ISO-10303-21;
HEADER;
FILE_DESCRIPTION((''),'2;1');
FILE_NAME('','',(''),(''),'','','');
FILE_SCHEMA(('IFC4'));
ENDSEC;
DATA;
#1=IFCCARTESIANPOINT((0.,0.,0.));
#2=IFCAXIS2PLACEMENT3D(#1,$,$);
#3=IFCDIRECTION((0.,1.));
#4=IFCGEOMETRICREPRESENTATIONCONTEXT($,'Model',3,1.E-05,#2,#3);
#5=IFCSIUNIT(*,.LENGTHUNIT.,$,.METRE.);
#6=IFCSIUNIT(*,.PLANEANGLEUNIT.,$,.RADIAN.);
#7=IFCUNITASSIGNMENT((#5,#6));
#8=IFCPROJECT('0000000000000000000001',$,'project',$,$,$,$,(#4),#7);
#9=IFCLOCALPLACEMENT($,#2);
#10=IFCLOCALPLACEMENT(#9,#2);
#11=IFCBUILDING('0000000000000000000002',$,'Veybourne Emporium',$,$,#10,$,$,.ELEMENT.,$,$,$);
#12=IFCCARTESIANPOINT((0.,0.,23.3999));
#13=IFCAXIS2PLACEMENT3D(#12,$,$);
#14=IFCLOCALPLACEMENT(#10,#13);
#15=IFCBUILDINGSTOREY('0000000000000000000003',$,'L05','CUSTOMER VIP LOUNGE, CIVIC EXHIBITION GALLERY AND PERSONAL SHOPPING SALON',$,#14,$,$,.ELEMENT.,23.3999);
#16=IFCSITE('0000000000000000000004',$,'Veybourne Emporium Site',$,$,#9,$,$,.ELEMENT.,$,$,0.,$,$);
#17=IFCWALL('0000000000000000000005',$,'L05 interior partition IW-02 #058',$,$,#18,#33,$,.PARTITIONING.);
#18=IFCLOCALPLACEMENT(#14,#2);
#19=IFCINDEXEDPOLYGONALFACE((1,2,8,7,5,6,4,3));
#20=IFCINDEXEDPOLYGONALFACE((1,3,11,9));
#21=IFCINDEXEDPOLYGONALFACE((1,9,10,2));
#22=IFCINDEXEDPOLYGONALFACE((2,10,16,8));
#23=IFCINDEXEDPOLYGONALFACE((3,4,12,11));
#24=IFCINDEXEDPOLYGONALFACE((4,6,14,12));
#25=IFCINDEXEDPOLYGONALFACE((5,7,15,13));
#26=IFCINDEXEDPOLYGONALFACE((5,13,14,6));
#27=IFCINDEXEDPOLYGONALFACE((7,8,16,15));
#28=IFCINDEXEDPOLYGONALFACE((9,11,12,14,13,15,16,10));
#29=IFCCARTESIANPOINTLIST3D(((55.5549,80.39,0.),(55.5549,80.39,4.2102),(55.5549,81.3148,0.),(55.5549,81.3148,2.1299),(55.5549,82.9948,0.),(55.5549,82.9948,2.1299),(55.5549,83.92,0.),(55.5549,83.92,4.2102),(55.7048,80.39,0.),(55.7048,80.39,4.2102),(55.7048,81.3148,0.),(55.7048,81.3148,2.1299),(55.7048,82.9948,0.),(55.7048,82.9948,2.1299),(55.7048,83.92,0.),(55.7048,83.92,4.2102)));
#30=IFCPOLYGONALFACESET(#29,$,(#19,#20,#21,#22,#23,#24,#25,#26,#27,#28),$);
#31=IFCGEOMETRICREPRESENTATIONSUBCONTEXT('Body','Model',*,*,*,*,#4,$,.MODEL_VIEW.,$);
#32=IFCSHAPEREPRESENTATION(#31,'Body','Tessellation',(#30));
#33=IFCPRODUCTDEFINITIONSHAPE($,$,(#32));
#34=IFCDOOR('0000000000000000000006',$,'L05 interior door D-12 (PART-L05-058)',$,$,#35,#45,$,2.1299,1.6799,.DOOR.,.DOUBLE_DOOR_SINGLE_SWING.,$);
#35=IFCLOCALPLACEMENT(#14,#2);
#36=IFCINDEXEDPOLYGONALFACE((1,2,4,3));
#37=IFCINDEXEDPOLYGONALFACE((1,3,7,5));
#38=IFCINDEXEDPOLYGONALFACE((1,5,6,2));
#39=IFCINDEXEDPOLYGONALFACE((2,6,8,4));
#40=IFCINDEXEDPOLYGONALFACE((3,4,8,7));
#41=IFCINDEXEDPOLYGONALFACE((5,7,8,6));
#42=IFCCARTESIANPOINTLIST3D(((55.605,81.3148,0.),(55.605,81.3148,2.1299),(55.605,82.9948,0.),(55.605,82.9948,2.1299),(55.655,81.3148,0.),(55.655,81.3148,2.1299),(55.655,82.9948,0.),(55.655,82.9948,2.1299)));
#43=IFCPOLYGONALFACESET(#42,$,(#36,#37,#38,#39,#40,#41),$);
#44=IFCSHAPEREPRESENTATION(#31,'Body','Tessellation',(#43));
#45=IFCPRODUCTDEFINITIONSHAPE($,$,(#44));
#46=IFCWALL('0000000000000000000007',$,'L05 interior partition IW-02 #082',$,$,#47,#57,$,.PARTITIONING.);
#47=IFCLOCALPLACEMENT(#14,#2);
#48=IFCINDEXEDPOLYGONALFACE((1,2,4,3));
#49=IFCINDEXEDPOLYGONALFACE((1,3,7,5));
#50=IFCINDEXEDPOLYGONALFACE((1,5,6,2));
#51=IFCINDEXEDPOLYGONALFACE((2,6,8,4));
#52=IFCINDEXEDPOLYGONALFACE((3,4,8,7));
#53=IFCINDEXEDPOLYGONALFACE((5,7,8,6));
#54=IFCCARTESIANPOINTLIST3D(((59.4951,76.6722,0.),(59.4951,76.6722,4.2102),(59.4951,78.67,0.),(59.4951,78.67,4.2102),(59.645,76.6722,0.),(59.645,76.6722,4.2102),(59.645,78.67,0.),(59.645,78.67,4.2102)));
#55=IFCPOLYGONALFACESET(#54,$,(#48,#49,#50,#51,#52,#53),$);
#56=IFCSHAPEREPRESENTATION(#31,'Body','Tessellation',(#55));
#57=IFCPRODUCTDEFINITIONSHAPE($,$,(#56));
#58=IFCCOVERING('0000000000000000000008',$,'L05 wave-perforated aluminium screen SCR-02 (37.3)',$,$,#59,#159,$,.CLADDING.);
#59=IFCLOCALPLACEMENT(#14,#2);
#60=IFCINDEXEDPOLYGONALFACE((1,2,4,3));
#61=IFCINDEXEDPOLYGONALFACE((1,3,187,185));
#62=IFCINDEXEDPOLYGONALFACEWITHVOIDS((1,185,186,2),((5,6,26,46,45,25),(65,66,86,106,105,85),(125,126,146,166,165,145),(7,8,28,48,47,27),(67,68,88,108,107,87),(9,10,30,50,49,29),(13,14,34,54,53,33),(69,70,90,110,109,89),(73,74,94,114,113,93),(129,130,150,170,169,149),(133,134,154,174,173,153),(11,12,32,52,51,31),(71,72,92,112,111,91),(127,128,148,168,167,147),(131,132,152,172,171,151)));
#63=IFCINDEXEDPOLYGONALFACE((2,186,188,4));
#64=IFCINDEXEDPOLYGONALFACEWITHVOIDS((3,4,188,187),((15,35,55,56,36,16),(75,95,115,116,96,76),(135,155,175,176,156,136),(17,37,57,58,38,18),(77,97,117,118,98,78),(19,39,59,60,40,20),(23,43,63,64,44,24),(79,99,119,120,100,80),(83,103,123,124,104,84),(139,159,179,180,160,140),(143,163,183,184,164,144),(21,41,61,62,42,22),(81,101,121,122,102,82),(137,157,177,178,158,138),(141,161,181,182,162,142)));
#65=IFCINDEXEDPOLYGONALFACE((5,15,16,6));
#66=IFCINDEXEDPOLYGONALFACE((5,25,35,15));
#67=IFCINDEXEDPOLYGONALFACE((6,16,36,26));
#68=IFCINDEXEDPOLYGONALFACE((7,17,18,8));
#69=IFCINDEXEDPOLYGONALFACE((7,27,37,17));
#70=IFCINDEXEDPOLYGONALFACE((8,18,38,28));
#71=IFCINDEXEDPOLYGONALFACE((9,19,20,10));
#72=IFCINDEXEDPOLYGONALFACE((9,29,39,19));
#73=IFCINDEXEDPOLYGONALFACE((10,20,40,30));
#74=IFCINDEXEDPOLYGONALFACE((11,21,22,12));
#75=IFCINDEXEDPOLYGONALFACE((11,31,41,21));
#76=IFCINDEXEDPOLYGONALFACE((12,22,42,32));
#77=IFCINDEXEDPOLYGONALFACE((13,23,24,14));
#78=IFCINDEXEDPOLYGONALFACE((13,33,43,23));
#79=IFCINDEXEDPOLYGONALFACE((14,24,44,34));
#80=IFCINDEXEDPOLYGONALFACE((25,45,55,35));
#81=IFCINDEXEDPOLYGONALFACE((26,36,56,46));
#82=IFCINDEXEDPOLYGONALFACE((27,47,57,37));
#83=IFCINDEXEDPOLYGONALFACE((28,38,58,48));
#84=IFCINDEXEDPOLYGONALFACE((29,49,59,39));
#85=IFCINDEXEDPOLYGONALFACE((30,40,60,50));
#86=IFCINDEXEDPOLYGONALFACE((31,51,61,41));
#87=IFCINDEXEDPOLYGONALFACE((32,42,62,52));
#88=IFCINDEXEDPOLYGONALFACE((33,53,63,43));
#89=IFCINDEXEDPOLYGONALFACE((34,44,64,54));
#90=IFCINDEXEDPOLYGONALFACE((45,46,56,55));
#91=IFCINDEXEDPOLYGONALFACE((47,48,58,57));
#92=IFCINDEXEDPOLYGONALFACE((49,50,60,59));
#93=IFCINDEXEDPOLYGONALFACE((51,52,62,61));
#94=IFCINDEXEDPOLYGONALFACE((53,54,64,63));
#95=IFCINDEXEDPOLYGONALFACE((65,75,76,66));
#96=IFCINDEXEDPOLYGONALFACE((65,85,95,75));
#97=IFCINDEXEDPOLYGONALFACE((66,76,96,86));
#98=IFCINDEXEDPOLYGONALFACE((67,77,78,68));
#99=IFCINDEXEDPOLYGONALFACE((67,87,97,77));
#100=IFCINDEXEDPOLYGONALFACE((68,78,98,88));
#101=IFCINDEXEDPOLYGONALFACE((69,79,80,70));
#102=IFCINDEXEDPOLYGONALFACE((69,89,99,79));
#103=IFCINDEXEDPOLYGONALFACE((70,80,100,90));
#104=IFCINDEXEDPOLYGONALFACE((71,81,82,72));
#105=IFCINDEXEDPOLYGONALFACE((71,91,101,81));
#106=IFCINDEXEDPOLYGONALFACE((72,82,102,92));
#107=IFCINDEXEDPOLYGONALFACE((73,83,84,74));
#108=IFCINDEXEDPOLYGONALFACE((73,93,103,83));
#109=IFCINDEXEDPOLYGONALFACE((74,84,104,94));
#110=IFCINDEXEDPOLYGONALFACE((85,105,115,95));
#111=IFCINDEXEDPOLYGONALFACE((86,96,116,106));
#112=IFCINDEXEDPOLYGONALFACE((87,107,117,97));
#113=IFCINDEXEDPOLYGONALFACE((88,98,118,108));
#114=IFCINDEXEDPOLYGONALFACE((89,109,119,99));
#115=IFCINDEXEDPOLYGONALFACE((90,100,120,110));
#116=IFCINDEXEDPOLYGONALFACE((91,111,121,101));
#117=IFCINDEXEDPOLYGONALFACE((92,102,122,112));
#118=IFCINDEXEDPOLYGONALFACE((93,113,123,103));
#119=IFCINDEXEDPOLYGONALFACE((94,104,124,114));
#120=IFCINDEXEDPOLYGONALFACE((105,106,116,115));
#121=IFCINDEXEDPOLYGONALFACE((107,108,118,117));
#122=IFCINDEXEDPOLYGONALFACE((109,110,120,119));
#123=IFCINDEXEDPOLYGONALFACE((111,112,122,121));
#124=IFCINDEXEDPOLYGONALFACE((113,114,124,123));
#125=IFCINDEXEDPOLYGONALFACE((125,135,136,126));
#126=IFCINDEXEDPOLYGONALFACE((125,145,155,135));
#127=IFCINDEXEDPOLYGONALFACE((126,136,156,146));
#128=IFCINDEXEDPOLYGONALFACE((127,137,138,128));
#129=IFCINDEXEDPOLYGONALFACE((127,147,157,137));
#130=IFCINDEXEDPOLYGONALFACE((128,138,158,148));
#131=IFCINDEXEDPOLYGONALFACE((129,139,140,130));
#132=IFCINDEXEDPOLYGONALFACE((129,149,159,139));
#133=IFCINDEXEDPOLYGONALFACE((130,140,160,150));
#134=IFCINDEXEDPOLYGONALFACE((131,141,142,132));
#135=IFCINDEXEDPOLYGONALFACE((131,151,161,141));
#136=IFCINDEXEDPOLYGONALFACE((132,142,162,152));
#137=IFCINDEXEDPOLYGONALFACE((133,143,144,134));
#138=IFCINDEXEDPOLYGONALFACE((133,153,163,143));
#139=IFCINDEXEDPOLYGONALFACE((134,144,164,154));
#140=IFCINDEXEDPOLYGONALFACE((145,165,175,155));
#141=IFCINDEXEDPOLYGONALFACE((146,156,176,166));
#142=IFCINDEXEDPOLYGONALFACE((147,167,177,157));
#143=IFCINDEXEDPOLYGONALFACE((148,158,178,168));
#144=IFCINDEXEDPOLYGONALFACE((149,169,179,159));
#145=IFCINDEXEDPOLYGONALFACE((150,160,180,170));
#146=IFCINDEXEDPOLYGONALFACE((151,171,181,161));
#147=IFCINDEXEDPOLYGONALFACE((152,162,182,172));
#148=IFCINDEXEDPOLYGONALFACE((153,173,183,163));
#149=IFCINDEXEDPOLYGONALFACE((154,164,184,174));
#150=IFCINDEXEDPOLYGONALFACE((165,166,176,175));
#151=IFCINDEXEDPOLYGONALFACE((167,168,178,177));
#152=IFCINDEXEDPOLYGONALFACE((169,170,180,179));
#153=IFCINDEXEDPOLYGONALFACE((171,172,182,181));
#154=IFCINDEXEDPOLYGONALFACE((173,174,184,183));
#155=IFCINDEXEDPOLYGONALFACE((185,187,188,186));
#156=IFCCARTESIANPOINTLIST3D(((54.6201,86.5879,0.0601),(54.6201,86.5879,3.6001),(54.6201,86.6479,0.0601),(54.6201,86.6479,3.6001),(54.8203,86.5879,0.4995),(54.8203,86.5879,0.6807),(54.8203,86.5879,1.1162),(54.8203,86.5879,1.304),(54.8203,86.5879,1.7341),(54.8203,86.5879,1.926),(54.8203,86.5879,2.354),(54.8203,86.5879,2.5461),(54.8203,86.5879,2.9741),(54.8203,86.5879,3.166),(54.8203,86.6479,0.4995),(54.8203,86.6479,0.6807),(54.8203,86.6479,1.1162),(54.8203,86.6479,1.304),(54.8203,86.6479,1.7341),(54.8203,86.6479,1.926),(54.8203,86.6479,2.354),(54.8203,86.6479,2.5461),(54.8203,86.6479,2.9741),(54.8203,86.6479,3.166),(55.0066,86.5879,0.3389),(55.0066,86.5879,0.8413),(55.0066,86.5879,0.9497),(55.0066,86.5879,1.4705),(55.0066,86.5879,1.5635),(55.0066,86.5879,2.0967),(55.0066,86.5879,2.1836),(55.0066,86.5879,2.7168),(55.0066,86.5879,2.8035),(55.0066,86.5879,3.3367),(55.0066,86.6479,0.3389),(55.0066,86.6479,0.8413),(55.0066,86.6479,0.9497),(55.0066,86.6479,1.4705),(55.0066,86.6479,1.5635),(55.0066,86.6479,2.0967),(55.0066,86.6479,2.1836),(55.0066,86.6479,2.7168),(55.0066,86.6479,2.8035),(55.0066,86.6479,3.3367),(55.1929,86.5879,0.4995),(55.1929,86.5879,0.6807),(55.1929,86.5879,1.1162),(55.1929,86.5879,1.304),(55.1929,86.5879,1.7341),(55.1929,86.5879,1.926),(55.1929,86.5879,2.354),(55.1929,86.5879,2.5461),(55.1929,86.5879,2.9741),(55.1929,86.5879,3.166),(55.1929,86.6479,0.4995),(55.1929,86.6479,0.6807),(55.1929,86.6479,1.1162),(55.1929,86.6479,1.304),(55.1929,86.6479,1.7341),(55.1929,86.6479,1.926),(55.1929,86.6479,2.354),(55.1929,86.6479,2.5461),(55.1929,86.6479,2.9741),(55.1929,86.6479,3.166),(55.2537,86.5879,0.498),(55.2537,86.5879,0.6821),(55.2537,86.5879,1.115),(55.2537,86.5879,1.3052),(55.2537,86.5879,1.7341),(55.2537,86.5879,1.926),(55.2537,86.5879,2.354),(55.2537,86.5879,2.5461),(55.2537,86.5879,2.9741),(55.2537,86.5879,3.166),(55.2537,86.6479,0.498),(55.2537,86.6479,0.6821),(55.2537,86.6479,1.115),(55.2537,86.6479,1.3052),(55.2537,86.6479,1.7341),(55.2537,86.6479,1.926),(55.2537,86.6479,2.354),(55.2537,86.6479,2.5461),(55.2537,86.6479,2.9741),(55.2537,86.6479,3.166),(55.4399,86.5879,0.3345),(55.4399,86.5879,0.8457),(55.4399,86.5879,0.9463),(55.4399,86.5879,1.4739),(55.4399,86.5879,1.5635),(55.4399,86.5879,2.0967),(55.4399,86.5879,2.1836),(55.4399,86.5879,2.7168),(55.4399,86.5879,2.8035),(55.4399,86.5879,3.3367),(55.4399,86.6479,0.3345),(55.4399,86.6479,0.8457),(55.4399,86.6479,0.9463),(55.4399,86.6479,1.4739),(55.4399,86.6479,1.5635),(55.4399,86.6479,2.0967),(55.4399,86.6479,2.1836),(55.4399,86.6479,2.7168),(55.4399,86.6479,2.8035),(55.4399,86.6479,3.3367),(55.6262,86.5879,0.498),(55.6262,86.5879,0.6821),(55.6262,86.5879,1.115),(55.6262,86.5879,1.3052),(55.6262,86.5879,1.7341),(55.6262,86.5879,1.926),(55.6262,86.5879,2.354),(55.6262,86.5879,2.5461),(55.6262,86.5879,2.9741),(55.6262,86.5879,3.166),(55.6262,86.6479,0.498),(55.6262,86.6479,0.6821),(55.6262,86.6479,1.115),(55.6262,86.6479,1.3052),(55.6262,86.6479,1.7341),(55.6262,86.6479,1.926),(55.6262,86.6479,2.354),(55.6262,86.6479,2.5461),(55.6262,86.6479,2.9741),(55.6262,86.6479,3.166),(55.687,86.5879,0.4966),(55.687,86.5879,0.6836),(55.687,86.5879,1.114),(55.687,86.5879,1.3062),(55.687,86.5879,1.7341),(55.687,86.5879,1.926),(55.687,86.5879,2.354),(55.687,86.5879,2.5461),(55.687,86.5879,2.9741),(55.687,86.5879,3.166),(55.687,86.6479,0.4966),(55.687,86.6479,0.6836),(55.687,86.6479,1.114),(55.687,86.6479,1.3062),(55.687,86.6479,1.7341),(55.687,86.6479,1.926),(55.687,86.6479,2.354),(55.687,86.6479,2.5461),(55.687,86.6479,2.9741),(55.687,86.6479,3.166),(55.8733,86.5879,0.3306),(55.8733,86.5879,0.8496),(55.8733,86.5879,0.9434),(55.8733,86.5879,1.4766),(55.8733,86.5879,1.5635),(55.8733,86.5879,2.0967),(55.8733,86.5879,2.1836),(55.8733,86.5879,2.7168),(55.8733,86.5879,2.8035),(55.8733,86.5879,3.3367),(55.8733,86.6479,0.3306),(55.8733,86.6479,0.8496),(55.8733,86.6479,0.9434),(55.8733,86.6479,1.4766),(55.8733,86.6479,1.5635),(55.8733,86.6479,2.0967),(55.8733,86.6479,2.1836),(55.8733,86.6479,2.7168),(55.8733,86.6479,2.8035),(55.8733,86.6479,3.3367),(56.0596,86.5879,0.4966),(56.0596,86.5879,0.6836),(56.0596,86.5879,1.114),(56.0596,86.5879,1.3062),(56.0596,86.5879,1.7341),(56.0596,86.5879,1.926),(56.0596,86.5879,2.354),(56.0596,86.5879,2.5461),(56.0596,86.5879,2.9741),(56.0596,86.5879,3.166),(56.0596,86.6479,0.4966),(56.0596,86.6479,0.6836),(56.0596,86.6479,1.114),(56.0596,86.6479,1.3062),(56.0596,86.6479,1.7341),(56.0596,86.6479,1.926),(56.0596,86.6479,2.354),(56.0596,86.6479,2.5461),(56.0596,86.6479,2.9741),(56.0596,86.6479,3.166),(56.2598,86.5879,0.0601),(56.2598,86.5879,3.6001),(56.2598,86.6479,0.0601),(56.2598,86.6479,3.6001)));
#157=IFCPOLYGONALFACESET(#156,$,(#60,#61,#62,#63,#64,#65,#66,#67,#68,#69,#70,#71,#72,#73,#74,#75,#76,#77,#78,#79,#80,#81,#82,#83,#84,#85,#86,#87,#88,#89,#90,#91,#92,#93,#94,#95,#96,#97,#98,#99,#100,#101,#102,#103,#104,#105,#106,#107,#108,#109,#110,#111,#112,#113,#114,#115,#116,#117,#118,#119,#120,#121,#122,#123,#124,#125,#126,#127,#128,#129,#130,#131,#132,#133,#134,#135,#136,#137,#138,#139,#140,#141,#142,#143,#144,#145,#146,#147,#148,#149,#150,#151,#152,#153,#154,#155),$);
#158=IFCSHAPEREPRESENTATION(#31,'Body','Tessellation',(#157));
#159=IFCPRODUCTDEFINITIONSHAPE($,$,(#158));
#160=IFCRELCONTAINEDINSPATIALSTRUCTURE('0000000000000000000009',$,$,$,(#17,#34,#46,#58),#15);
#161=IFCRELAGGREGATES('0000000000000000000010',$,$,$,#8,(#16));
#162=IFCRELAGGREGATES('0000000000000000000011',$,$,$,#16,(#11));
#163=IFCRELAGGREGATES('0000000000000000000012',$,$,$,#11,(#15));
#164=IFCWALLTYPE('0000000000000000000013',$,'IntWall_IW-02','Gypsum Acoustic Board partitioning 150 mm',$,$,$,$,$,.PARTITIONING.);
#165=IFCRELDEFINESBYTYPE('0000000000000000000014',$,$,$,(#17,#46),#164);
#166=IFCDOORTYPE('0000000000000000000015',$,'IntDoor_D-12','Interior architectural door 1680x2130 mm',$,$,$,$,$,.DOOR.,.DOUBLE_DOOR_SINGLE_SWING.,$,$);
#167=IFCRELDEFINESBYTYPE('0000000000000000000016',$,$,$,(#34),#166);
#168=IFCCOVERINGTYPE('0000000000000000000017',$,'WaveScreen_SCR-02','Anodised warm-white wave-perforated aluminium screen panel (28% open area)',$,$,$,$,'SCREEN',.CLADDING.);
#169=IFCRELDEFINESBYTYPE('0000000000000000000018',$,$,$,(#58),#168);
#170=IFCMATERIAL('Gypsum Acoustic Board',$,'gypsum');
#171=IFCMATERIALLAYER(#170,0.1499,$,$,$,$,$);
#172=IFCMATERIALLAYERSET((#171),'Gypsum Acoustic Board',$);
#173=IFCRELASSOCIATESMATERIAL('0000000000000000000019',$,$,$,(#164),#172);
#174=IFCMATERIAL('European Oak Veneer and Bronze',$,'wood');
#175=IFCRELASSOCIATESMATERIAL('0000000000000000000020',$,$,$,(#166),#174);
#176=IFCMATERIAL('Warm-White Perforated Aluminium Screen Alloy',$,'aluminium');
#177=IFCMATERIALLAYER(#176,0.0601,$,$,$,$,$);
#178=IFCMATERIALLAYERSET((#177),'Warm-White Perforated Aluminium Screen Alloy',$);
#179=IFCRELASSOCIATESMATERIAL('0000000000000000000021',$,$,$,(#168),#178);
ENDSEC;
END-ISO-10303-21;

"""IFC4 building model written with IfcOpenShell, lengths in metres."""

from ifc_helpers import new_model, si_unit, direction, frame, frame_2d, origin, place, context, subcontext, project, spatial, polyline, rectangle, outline, extrude, material, layer, layer_set, type_object, element, fill, save


model = new_model("IFC4")

# Units and contexts
model_context = context("Model", 3, precision=1e-05, world=origin(), true_north=direction((0.0, 1.0)))
body_context = subcontext(model_context, "Body", "Model", "MODEL_VIEW")
ifc_project = project(units=[si_unit("LENGTHUNIT", "METRE"), si_unit("PLANEANGLEUNIT", "RADIAN")], contexts=[model_context])

# Site, building, storey
site_placement = place(None, origin())
site = spatial("IfcSite", under=ifc_project, at=site_placement, Name="Veybourne Emporium Site", CompositionType="ELEMENT", RefElevation=0.0)
building_placement = place(site_placement, origin())
building = spatial("IfcBuilding", under=site, at=building_placement, Name="Veybourne Emporium", CompositionType="ELEMENT")
storey_placement = place(building_placement, frame((0.0, 0.0, 23.3999)))
storey = spatial("IfcBuildingStorey", under=building, at=storey_placement, Name="L05", Description="CUSTOMER VIP LOUNGE, CIVIC EXHIBITION GALLERY AND PERSONAL SHOPPING SALON", CompositionType="ELEMENT", Elevation=23.3999)

# Wall, opening, door
ifc_material_1 = material(Name="Gypsum Acoustic Board", Category="gypsum")
ifc_layer_1 = layer(ifc_material_1, 0.1499)
ifc_layer_set_1 = layer_set([ifc_layer_1], Name="Gypsum Acoustic Board")
wall_type_1 = type_object("IfcWallType", Name="IntWall_IW-02", Description="Gypsum Acoustic Board partitioning 150 mm", PredefinedType="PARTITIONING", material=ifc_layer_set_1)
ifc_material_2 = material(Name="European Oak Veneer and Bronze", Category="wood")
wall_1_placement = place(storey_placement, frame((55.6299, 80.3899, 0.0), z_axis=(0.0, 0.0, 1.0), x_axis=(0.0, 1.0, 0.0)))
wall_1 = element("IfcWall", 1, at=wall_1_placement, inside=storey, type_object=wall_type_1, Name="L05 interior partition IW-02 #058", PredefinedType="PARTITIONING", context=body_context, shape_type="SweptSolid", body=[
    extrude(rectangle(XDim=3.53, YDim=0.1499, at=frame_2d((1.7651, 0.0))), origin(), (0.0, 0.0, 1.0), 4.2102),
])
opening_1_placement = place(wall_1_placement, frame((0.925, 0.0, 0.0)))
opening_1 = element("IfcOpeningElement", 2, at=opening_1_placement, cuts=wall_1, PredefinedType="OPENING", context=body_context, shape_type="SweptSolid", body=[
    extrude(rectangle(XDim=1.6799, YDim=2.1299, at=frame_2d((0.8398, 1.0649))), frame((0.0, 0.095, 0.0), z_axis=(0.0, -1.0, 0.0), x_axis=(1.0, 0.0, 0.0)), (0.0, 0.0, 1.0), 0.1899),
])
door_type_1 = type_object("IfcDoorType", Name="IntDoor_D-12", Description="Interior architectural door 1680x2130 mm", OperationType="DOUBLE_DOOR_SINGLE_SWING", PredefinedType="DOOR", material=ifc_material_2)
door_1_placement = place(opening_1_placement, origin())
door_1 = element("IfcDoor", 3, at=door_1_placement, inside=storey, type_object=door_type_1, Name="L05 interior door D-12 (PART-L05-058)", OperationType="DOUBLE_DOOR_SINGLE_SWING", OverallHeight=2.1299, OverallWidth=1.6799, PredefinedType="DOOR", context=body_context, shape_type="SweptSolid", body=[
    extrude(rectangle(XDim=1.6799, YDim=2.1299, at=frame_2d((0.8398, 1.0649))), frame((0.0, 0.0249, 0.0), z_axis=(0.0, -1.0, 0.0), x_axis=(1.0, 0.0, 0.0)), (0.0, 0.0, 1.0), 0.05),
])
fill(opening_1, door_1)

# Wall
wall_2_placement = place(storey_placement, frame((59.5701, 76.6721, 0.0), z_axis=(0.0, 0.0, 1.0), x_axis=(0.0, 1.0, 0.0)))
element("IfcWall", 4, at=wall_2_placement, inside=storey, type_object=wall_type_1, Name="L05 interior partition IW-02 #082", PredefinedType="PARTITIONING", context=body_context, shape_type="SweptSolid", body=[
    extrude(rectangle(XDim=1.9978, YDim=0.1499, at=frame_2d((0.999, 0.0))), origin(), (0.0, 0.0, 1.0), 4.2102),
])

# Covering
ifc_material_3 = material(Name="Warm-White Perforated Aluminium Screen Alloy", Category="aluminium")
ifc_layer_2 = layer(ifc_material_3, 0.0601)
ifc_layer_set_2 = layer_set([ifc_layer_2], Name="Warm-White Perforated Aluminium Screen Alloy")
covering_type_1 = type_object("IfcCoveringType", Name="WaveScreen_SCR-02", Description="Anodised warm-white wave-perforated aluminium screen panel (28% open area)", ElementType="SCREEN", PredefinedType="CLADDING", material=ifc_layer_set_2)
covering_1_placement = place(storey_placement, frame((55.4399, 86.6479, 1.8301), z_axis=(0.0, -1.0, 0.0), x_axis=(1.0, 0.0, 0.0)))
element("IfcCovering", 5, at=covering_1_placement, inside=storey, type_object=covering_type_1, Name="L05 wave-perforated aluminium screen SCR-02 (37.3)", PredefinedType="CLADDING", context=body_context, shape_type="SweptSolid", body=[
    extrude(outline(polyline([(-0.8198, -1.77), (0.8198, -1.77), (0.8198, 1.77), (-0.8198, 1.77), (-0.8198, -1.77)]), holes=[polyline([(-0.4333, -0.9888), (-0.2471, -1.1494), (-0.2471, -1.3306), (-0.4333, -1.4912), (-0.6196, -1.3306), (-0.6196, -1.1494), (-0.4333, -0.9888)]), polyline([(-0.4333, -0.3596), (-0.2471, -0.5261), (-0.2471, -0.7139), (-0.4333, -0.8804), (-0.6196, -0.7139), (-0.6196, -0.5261), (-0.4333, -0.3596)]), polyline([(-0.4333, 0.2666), (-0.2471, 0.0959), (-0.2471, -0.0959), (-0.4333, -0.2666), (-0.6196, -0.0959), (-0.6196, 0.0959), (-0.4333, 0.2666)]), polyline([(-0.4333, 0.8867), (-0.2471, 0.7161), (-0.2471, 0.5239), (-0.4333, 0.3535), (-0.6196, 0.5239), (-0.6196, 0.7161), (-0.4333, 0.8867)]), polyline([(-0.4333, 1.5066), (-0.2471, 1.3359), (-0.2471, 1.144), (-0.4333, 0.9734), (-0.6196, 1.144), (-0.6196, 1.3359), (-0.4333, 1.5066)]), polyline([(0.0, -0.9844), (0.1863, -1.1479), (0.1863, -1.332), (0.0, -1.4956), (-0.1863, -1.332), (-0.1863, -1.1479), (0.0, -0.9844)]), polyline([(0.0, -0.3562), (0.1863, -0.5249), (0.1863, -0.7151), (0.0, -0.8838), (-0.1863, -0.7151), (-0.1863, -0.5249), (0.0, -0.3562)]), polyline([(0.0, 0.2666), (0.1863, 0.0959), (0.1863, -0.0959), (0.0, -0.2666), (-0.1863, -0.0959), (-0.1863, 0.0959), (0.0, 0.2666)]), polyline([(0.0, 0.8867), (0.1863, 0.7161), (0.1863, 0.5239), (0.0, 0.3535), (-0.1863, 0.5239), (-0.1863, 0.7161), (0.0, 0.8867)]), polyline([(0.0, 1.5066), (0.1863, 1.3359), (0.1863, 1.144), (0.0, 0.9734), (-0.1863, 1.144), (-0.1863, 1.3359), (0.0, 1.5066)]), polyline([(0.4333, -0.9805), (0.6196, -1.1465), (0.6196, -1.3335), (0.4333, -1.4995), (0.2471, -1.3335), (0.2471, -1.1465), (0.4333, -0.9805)]), polyline([(0.4333, -0.3535), (0.6196, -0.5239), (0.6196, -0.7161), (0.4333, -0.8867), (0.2471, -0.7161), (0.2471, -0.5239), (0.4333, -0.3535)]), polyline([(0.4333, 0.2666), (0.6196, 0.0959), (0.6196, -0.0959), (0.4333, -0.2666), (0.2471, -0.0959), (0.2471, 0.0959), (0.4333, 0.2666)]), polyline([(0.4333, 0.8867), (0.6196, 0.7161), (0.6196, 0.5239), (0.4333, 0.3535), (0.2471, 0.5239), (0.2471, 0.7161), (0.4333, 0.8867)]), polyline([(0.4333, 1.5066), (0.6196, 1.3359), (0.6196, 1.144), (0.4333, 0.9734), (0.2471, 1.144), (0.2471, 1.3359), (0.4333, 1.5066)])]), origin(), (0.0, 0.0, 1.0), 0.0601),
])

save(model, "model.ifc")
